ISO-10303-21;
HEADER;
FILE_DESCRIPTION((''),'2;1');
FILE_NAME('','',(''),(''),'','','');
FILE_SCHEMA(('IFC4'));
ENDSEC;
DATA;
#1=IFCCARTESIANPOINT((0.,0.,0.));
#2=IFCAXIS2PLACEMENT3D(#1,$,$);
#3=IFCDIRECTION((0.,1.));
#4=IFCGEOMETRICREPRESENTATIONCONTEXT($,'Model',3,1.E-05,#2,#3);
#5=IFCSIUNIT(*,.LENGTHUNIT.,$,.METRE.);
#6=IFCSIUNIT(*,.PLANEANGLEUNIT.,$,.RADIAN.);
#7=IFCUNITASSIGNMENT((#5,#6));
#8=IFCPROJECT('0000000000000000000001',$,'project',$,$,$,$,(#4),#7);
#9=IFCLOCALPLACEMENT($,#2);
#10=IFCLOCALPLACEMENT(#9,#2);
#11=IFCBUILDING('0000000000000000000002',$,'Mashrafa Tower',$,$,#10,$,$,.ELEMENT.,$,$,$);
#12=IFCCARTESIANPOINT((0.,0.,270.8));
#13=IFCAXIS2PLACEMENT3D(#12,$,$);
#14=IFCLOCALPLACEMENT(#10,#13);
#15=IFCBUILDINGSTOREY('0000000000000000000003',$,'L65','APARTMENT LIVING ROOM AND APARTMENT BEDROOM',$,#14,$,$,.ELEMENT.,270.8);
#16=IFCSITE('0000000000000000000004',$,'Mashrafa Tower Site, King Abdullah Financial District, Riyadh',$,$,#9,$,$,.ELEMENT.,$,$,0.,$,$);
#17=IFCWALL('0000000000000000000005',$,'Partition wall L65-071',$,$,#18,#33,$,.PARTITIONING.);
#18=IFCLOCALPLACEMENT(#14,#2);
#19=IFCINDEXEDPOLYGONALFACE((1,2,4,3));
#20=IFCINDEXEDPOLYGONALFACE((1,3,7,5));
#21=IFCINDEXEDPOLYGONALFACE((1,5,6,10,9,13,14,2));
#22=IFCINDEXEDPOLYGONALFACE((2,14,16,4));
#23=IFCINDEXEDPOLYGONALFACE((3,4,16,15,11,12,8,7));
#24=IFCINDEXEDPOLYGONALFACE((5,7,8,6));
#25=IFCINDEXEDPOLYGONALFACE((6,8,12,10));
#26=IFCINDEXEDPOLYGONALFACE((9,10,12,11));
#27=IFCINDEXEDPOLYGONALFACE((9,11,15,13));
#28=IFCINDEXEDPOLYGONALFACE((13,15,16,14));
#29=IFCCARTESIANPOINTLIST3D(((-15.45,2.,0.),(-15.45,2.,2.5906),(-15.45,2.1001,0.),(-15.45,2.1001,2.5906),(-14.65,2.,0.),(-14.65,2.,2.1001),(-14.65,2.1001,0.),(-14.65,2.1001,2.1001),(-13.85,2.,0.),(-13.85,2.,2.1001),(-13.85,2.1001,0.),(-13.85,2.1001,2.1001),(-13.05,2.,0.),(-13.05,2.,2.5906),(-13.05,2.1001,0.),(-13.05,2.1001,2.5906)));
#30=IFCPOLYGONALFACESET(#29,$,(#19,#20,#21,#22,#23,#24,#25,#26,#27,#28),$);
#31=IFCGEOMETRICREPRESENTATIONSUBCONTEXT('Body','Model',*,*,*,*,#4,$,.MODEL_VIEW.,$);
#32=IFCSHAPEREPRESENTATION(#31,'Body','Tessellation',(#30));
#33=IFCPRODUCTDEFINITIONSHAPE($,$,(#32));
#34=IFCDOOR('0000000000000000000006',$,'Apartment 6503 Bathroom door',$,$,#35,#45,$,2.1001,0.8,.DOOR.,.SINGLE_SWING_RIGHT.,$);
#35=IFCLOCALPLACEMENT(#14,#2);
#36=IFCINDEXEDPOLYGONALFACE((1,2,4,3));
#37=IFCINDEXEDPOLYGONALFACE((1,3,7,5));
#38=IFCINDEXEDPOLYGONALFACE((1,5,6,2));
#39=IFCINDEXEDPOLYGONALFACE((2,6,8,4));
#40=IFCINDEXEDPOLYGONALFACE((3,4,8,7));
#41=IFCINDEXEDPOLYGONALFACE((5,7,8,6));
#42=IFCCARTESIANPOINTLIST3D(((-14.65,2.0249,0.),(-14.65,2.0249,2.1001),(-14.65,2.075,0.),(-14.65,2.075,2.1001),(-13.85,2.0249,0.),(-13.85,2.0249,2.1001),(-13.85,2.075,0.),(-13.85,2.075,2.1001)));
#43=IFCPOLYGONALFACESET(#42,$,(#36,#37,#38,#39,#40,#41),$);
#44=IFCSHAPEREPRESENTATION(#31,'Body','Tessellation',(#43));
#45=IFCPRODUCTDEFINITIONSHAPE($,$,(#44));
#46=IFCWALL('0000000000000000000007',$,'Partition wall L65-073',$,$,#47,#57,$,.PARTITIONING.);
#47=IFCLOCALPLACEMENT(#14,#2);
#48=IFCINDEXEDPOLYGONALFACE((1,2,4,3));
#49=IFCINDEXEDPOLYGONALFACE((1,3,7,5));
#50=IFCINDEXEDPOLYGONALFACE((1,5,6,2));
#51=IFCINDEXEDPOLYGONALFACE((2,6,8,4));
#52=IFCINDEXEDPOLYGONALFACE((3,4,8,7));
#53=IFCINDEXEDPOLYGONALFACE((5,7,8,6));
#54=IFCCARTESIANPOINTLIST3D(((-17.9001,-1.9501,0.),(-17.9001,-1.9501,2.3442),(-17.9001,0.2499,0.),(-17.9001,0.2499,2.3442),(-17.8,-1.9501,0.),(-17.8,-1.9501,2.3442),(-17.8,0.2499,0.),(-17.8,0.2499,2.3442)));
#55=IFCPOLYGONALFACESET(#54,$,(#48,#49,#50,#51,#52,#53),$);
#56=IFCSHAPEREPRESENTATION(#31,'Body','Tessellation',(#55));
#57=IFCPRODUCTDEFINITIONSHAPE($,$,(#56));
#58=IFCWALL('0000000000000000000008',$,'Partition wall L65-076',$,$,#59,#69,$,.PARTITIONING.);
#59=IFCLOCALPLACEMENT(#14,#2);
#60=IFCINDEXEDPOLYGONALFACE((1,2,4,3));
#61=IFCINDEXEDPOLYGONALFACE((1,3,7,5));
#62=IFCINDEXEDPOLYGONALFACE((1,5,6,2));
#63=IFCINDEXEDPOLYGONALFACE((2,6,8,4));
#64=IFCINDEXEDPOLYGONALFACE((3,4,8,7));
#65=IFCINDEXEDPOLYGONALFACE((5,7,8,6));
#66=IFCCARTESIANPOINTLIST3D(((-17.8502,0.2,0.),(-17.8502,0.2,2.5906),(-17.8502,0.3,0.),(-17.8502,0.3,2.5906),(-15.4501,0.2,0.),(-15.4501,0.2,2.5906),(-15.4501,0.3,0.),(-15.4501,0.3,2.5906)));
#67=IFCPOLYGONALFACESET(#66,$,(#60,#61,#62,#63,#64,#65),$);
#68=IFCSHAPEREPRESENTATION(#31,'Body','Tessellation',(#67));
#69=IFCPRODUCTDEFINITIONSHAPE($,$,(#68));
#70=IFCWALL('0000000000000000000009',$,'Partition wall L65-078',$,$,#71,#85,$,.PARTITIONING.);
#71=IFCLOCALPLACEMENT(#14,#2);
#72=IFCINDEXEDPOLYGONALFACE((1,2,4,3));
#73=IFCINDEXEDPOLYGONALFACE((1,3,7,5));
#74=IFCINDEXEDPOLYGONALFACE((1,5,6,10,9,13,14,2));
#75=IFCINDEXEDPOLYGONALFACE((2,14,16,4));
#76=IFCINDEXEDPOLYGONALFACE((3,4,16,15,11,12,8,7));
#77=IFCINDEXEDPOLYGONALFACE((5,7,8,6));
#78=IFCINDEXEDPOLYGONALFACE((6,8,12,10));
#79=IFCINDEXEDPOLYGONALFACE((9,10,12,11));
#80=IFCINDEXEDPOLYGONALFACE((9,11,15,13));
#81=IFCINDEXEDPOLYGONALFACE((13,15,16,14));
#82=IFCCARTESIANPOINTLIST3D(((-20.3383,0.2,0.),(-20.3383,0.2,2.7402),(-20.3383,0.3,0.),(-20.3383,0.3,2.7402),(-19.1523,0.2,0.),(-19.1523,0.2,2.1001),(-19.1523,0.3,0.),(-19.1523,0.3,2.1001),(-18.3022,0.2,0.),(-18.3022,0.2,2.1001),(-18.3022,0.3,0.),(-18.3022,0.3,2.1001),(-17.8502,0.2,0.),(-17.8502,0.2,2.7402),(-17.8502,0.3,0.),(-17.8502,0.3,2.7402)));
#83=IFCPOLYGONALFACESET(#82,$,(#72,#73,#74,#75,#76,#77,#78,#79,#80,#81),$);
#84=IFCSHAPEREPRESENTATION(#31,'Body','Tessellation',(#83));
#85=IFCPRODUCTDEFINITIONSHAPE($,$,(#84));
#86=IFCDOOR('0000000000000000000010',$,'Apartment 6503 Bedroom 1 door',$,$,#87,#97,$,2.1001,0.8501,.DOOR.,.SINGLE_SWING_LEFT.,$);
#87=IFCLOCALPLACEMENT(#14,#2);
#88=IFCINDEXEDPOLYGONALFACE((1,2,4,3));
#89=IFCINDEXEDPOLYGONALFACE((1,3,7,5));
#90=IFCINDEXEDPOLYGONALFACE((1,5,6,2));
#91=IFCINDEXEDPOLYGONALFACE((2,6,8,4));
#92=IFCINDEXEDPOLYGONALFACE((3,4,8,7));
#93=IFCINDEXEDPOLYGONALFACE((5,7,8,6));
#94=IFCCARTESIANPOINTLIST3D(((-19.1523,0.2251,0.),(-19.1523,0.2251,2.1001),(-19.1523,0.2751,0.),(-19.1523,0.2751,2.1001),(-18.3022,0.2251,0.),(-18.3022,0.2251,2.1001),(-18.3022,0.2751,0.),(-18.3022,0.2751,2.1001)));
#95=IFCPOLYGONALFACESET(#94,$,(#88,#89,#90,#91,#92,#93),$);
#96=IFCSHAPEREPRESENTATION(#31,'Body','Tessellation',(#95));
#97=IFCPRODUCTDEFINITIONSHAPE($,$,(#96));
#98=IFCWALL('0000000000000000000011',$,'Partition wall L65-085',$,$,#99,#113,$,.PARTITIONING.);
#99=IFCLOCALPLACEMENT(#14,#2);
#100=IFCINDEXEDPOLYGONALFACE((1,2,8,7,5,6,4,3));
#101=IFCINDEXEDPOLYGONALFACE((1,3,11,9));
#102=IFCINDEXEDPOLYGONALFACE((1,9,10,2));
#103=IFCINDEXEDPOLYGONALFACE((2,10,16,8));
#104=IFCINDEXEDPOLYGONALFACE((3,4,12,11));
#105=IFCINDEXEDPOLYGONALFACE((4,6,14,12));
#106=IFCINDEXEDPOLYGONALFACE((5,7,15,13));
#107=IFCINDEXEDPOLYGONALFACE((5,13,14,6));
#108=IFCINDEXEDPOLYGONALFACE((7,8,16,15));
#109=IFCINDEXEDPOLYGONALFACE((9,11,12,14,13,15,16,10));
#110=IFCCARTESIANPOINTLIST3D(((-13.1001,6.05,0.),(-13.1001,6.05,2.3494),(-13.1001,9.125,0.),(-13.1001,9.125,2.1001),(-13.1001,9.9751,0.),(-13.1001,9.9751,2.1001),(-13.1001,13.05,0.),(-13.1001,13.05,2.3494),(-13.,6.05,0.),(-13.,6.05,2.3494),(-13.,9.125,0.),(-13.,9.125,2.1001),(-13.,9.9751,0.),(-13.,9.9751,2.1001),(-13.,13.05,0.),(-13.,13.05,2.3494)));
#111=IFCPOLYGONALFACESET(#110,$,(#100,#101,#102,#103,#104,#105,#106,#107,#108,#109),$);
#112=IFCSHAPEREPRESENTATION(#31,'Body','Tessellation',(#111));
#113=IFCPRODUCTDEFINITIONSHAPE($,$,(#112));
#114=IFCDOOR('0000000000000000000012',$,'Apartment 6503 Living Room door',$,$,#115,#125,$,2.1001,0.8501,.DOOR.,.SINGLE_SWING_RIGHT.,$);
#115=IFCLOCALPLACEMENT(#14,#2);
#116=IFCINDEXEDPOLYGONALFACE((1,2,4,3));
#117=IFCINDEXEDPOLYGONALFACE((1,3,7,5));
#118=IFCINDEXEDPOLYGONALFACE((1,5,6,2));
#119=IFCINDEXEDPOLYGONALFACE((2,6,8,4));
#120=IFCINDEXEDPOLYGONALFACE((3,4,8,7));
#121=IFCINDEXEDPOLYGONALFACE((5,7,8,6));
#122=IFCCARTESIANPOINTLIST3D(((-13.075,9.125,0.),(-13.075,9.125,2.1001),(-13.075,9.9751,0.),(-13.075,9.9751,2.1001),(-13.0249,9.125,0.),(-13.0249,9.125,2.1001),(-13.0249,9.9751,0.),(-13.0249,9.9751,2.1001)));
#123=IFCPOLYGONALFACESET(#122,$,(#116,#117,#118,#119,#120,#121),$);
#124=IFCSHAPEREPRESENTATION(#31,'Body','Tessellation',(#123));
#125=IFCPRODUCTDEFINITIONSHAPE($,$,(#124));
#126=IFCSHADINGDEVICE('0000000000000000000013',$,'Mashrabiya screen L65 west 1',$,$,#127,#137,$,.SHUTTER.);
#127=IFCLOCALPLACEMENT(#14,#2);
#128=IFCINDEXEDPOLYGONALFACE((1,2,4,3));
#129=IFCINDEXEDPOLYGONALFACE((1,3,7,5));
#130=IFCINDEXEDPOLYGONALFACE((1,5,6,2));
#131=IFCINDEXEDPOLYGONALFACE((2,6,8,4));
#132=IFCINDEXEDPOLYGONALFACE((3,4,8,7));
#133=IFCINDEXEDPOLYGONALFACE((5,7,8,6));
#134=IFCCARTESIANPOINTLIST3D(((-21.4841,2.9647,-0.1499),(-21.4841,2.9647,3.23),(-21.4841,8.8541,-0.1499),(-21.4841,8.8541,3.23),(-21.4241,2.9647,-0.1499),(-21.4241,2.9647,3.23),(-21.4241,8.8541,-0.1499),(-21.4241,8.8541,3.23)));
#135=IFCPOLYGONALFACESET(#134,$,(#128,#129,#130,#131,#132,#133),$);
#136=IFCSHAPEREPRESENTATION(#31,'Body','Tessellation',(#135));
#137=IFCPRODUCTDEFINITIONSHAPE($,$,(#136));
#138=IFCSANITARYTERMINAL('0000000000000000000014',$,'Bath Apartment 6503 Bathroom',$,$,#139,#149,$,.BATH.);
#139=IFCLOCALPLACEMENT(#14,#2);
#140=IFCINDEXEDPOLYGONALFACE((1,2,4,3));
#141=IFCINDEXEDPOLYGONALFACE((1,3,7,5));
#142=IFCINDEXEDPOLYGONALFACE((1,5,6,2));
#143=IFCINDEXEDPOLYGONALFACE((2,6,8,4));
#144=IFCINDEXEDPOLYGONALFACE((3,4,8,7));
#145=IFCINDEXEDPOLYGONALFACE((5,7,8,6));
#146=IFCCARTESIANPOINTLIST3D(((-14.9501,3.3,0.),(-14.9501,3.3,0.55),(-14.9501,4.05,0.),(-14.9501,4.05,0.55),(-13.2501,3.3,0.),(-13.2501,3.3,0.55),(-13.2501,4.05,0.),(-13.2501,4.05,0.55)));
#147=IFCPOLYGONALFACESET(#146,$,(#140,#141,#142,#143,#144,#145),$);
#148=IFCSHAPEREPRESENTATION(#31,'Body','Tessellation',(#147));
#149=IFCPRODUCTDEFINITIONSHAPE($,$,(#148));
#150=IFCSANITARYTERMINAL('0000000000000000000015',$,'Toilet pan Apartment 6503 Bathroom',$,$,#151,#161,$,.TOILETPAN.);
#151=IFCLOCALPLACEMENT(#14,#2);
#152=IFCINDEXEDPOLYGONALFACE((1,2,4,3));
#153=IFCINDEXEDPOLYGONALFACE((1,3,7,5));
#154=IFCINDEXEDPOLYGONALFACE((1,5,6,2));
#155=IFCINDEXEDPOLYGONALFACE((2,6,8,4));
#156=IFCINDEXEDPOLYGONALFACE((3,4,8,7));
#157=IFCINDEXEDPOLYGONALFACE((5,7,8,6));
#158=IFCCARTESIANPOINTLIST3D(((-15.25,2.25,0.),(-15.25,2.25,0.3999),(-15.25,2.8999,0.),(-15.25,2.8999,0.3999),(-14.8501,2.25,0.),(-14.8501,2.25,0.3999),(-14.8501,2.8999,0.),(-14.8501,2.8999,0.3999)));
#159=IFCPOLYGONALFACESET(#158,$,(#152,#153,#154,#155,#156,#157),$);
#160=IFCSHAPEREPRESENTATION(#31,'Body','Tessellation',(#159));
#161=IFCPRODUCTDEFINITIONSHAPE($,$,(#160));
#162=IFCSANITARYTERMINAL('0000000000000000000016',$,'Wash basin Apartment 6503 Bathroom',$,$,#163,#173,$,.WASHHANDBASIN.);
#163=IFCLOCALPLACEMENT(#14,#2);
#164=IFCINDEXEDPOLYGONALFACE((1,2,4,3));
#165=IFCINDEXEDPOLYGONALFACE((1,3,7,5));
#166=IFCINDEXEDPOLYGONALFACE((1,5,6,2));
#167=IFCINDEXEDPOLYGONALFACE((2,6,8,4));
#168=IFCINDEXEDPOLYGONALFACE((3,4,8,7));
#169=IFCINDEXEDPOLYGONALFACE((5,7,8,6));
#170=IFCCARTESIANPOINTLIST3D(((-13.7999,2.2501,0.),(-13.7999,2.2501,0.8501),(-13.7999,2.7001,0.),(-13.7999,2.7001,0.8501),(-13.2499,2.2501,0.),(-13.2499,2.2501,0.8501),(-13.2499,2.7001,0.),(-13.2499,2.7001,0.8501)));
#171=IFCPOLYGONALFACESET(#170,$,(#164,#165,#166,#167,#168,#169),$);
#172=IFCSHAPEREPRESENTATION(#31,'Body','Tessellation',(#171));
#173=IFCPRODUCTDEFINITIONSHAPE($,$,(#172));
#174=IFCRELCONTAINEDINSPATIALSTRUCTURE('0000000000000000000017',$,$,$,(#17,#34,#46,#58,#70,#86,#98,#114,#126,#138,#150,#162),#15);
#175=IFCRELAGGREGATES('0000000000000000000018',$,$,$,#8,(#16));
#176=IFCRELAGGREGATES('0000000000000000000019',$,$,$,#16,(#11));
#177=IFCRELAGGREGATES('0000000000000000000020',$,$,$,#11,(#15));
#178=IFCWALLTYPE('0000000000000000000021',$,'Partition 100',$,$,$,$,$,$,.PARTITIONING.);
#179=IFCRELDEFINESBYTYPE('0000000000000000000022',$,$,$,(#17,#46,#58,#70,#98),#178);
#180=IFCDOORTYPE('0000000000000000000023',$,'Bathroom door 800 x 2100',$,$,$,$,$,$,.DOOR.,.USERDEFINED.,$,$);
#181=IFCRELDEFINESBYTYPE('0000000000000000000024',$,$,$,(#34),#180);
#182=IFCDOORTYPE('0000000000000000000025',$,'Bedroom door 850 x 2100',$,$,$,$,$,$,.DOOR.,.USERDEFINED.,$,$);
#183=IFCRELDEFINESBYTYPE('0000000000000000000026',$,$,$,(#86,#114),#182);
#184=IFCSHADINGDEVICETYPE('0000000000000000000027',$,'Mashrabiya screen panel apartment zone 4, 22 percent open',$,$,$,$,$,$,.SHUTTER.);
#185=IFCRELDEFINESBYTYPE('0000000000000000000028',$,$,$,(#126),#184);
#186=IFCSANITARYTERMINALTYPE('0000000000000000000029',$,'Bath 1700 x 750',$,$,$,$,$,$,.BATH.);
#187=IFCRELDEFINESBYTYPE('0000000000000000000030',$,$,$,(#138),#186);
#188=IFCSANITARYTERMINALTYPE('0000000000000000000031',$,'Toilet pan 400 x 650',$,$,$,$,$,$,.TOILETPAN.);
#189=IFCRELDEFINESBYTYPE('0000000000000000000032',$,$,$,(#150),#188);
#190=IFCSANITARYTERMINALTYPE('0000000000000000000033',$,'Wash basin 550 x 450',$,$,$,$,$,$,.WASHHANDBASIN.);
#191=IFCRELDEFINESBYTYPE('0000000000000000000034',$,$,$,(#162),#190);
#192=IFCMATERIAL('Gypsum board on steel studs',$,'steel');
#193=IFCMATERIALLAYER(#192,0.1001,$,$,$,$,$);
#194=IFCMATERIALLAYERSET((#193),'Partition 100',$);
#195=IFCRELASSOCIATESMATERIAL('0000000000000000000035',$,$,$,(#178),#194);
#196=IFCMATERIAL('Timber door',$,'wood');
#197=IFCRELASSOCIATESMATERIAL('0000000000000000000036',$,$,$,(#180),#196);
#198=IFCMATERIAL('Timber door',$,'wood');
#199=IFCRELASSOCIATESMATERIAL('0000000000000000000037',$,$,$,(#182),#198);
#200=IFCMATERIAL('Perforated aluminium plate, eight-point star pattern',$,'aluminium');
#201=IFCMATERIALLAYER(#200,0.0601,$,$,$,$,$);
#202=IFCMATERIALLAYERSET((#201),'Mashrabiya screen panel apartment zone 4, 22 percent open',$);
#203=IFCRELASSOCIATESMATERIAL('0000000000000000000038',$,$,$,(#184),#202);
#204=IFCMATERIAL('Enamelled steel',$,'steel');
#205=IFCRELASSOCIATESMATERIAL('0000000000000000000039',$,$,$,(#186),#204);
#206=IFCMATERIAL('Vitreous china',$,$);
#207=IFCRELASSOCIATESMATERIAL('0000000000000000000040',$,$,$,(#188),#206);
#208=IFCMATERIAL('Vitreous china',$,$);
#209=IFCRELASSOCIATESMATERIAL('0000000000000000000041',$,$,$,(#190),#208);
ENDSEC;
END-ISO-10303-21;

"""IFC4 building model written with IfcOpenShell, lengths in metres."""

from ifc_helpers import new_model, si_unit, direction, frame, frame_2d, origin, origin_2d, place, context, subcontext, project, spatial, rectangle, extrude, source, transform, mapped, material, layer, layer_set, type_object, type_shapes, element, fill, save


model = new_model("IFC4")

# Units and contexts
model_context = context("Model", 3, precision=1e-05, world=origin(), true_north=direction((0.0, 1.0)))
body_context = subcontext(model_context, "Body", "Model", "MODEL_VIEW")
ifc_project = project(units=[si_unit("LENGTHUNIT", "METRE"), si_unit("PLANEANGLEUNIT", "RADIAN")], contexts=[model_context])

# Site, building, storey
site_placement = place(None, origin())
site = spatial("IfcSite", under=ifc_project, at=site_placement, Name="Mashrafa Tower Site, King Abdullah Financial District, Riyadh", CompositionType="ELEMENT", RefElevation=0.0)
building_placement = place(site_placement, origin())
building = spatial("IfcBuilding", under=site, at=building_placement, Name="Mashrafa Tower", CompositionType="ELEMENT")
storey_placement = place(building_placement, frame((0.0, 0.0, 270.8)))
storey = spatial("IfcBuildingStorey", under=building, at=storey_placement, Name="L65", Description="APARTMENT LIVING ROOM AND APARTMENT BEDROOM", CompositionType="ELEMENT", Elevation=270.8)

# Shared definitions
ifc_material_1 = material(Name="Gypsum board on steel studs", Category="steel")
ifc_layer_1 = layer(ifc_material_1, 0.1001)
ifc_layer_set_1 = layer_set([ifc_layer_1], Name="Partition 100")
wall_type_1 = type_object("IfcWallType", Name="Partition 100", PredefinedType="PARTITIONING", material=ifc_layer_set_1)

# Wall, opening, door
wall_1_placement = place(storey_placement, frame((-15.45, 2.05, 0.0), z_axis=(0.0, 0.0, 1.0), x_axis=(1.0, 0.0, 0.0)))
wall_1 = element("IfcWall", 1, at=wall_1_placement, inside=storey, type_object=wall_type_1, Name="Partition wall L65-071", PredefinedType="PARTITIONING", context=body_context, shape_type="SweptSolid", body=[
    extrude(rectangle(XDim=2.3999, YDim=0.1001, at=frame_2d((1.2, 0.0))), origin(), (0.0, 0.0, 1.0), 2.5906),
])
opening_1_placement = place(wall_1_placement, frame((0.8, 0.0, 0.0)))
opening_1 = element("IfcOpeningElement", 2, at=opening_1_placement, cuts=wall_1, PredefinedType="OPENING", context=body_context, shape_type="SweptSolid", body=[
    extrude(rectangle(XDim=0.8, YDim=2.1001, at=frame_2d((0.3999, 1.05))), frame((0.0, 0.0601, 0.0), z_axis=(0.0, -1.0, 0.0), x_axis=(1.0, 0.0, 0.0)), (0.0, 0.0, 1.0), 0.1201),
])
ifc_material_2 = material(Name="Timber door", Category="wood")
door_type_1 = type_object("IfcDoorType", Name="Bathroom door 800 x 2100", OperationType="USERDEFINED", PredefinedType="DOOR", material=ifc_material_2)
door_1_placement = place(opening_1_placement, origin())
door_1 = element("IfcDoor", 3, at=door_1_placement, inside=storey, type_object=door_type_1, Name="Apartment 6503 Bathroom door", OperationType="SINGLE_SWING_RIGHT", OverallHeight=2.1001, OverallWidth=0.8, PredefinedType="DOOR", context=body_context, shape_type="SweptSolid", body=[
    extrude(rectangle(XDim=0.8, YDim=2.1001, at=frame_2d((0.3999, 1.05))), frame((0.0, 0.0249, 0.0), z_axis=(0.0, -1.0, 0.0), x_axis=(1.0, 0.0, 0.0)), (0.0, 0.0, 1.0), 0.05),
])
fill(opening_1, door_1)

# Walls
wall_2_placement = place(storey_placement, frame((-17.8501, 0.25, 0.0), z_axis=(0.0, 0.0, 1.0), x_axis=(0.0, -1.0, 0.0)))
element("IfcWall", 4, at=wall_2_placement, inside=storey, type_object=wall_type_1, Name="Partition wall L65-073", PredefinedType="PARTITIONING", context=body_context, shape_type="SweptSolid", body=[
    extrude(rectangle(XDim=2.2, YDim=0.1001, at=frame_2d((1.1001, 0.0))), origin(), (0.0, 0.0, 1.0), 2.3442),
])
wall_3_placement = place(storey_placement, frame((-15.45, 0.25, 0.0), z_axis=(0.0, 0.0, 1.0), x_axis=(-1.0, 0.0, 0.0)))
element("IfcWall", 5, at=wall_3_placement, inside=storey, type_object=wall_type_1, Name="Partition wall L65-076", PredefinedType="PARTITIONING", context=body_context, shape_type="SweptSolid", body=[
    extrude(rectangle(XDim=2.4001, YDim=0.1001, at=frame_2d((1.2002, 0.0))), origin(), (0.0, 0.0, 1.0), 2.5906),
])

# Walls, openings, doors
wall_4_placement = place(storey_placement, frame((-17.8501, 0.25, 0.0), z_axis=(0.0, 0.0, 1.0), x_axis=(-1.0, 0.0, 0.0)))
wall_4 = element("IfcWall", 6, at=wall_4_placement, inside=storey, type_object=wall_type_1, Name="Partition wall L65-078", PredefinedType="PARTITIONING", context=body_context, shape_type="SweptSolid", body=[
    extrude(rectangle(XDim=2.488, YDim=0.1001, at=frame_2d((1.2441, 0.0))), origin(), (0.0, 0.0, 1.0), 2.7402),
])
opening_2_placement = place(wall_4_placement, frame((0.4521, 0.0, 0.0)))
opening_2 = element("IfcOpeningElement", 7, at=opening_2_placement, cuts=wall_4, PredefinedType="OPENING", context=body_context, shape_type="SweptSolid", body=[
    extrude(rectangle(XDim=0.8501, YDim=2.1001, at=frame_2d((0.425, 1.05))), frame((0.0, 0.0601, 0.0), z_axis=(0.0, -1.0, 0.0), x_axis=(1.0, 0.0, 0.0)), (0.0, 0.0, 1.0), 0.1201),
])
ifc_material_3 = material(Name="Timber door", Category="wood")
door_type_2 = type_object("IfcDoorType", Name="Bedroom door 850 x 2100", OperationType="USERDEFINED", PredefinedType="DOOR", material=ifc_material_3)
door_2_placement = place(opening_2_placement, origin())
door_2 = element("IfcDoor", 8, at=door_2_placement, inside=storey, type_object=door_type_2, Name="Apartment 6503 Bedroom 1 door", OperationType="SINGLE_SWING_LEFT", OverallHeight=2.1001, OverallWidth=0.8501, PredefinedType="DOOR", context=body_context, shape_type="SweptSolid", body=[
    extrude(rectangle(XDim=0.8501, YDim=2.1001, at=frame_2d((0.425, 1.05))), frame((0.0, 0.0249, 0.0), z_axis=(0.0, -1.0, 0.0), x_axis=(1.0, 0.0, 0.0)), (0.0, 0.0, 1.0), 0.05),
])
fill(opening_2, door_2)
wall_5_placement = place(storey_placement, frame((-13.05, 6.05, 0.0), z_axis=(0.0, 0.0, 1.0), x_axis=(0.0, 1.0, 0.0)))
wall_5 = element("IfcWall", 9, at=wall_5_placement, inside=storey, type_object=wall_type_1, Name="Partition wall L65-085", PredefinedType="PARTITIONING", context=body_context, shape_type="SweptSolid", body=[
    extrude(rectangle(XDim=7.0, YDim=0.1001, at=frame_2d((3.5, 0.0))), origin(), (0.0, 0.0, 1.0), 2.3494),
])
opening_3_placement = place(wall_5_placement, frame((3.075, 0.0, 0.0)))
opening_3 = element("IfcOpeningElement", 10, at=opening_3_placement, cuts=wall_5, PredefinedType="OPENING", context=body_context, shape_type="SweptSolid", body=[
    extrude(rectangle(XDim=0.8501, YDim=2.1001, at=frame_2d((0.425, 1.05))), frame((0.0, 0.0601, 0.0), z_axis=(0.0, -1.0, 0.0), x_axis=(1.0, 0.0, 0.0)), (0.0, 0.0, 1.0), 0.1201),
])
door_3_placement = place(opening_3_placement, origin())
door_3 = element("IfcDoor", 11, at=door_3_placement, inside=storey, type_object=door_type_2, Name="Apartment 6503 Living Room door", OperationType="SINGLE_SWING_RIGHT", OverallHeight=2.1001, OverallWidth=0.8501, PredefinedType="DOOR", context=body_context, shape_type="SweptSolid", body=[
    extrude(rectangle(XDim=0.8501, YDim=2.1001, at=frame_2d((0.425, 1.05))), frame((0.0, 0.0249, 0.0), z_axis=(0.0, -1.0, 0.0), x_axis=(1.0, 0.0, 0.0)), (0.0, 0.0, 1.0), 0.05),
])
fill(opening_3, door_3)

# Shading device
ifc_material_4 = material(Name="Perforated aluminium plate, eight-point star pattern", Category="aluminium")
ifc_layer_2 = layer(ifc_material_4, 0.0601)
ifc_layer_set_2 = layer_set([ifc_layer_2], Name="Mashrabiya screen panel apartment zone 4, 22 percent open")
shading_device_type = type_object("IfcShadingDeviceType", Name="Mashrabiya screen panel apartment zone 4, 22 percent open", PredefinedType="SHUTTER", material=ifc_layer_set_2)
shared_shape_1 = source(origin(), body_context, "Body", "SweptSolid", [
    extrude(rectangle(XDim=5.8894, YDim=0.0601, at=origin_2d()), origin(), (0.0, 0.0, 1.0), 3.3799),
])
type_shapes(shading_device_type, [shared_shape_1])
shading_device_placement = place(storey_placement, frame((-21.4541, 5.9094, -0.1499), z_axis=(0.0, 0.0, 1.0), x_axis=(0.0, -1.0, 0.0)))
element("IfcShadingDevice", 12, at=shading_device_placement, inside=storey, type_object=shading_device_type, Name="Mashrabiya screen L65 west 1", PredefinedType="SHUTTER", context=body_context, shape_type="MappedRepresentation", body=[
    mapped(shared_shape_1, transform((0.0, 0.0, 0.0))),
])

# Sanitary terminals
ifc_material_5 = material(Name="Enamelled steel", Category="steel")
sanitary_terminal_type_1 = type_object("IfcSanitaryTerminalType", Name="Bath 1700 x 750", PredefinedType="BATH", material=ifc_material_5)
sanitary_terminal_1_placement = place(storey_placement, frame((-14.1001, 3.675, 0.0), z_axis=(0.0, 0.0, 1.0), x_axis=(-1.0, 0.0, 0.0)))
element("IfcSanitaryTerminal", 13, at=sanitary_terminal_1_placement, inside=storey, type_object=sanitary_terminal_type_1, Name="Bath Apartment 6503 Bathroom", PredefinedType="BATH", context=body_context, shape_type="SweptSolid", body=[
    extrude(rectangle(XDim=1.7, YDim=0.75, at=origin_2d()), origin(), (0.0, 0.0, 1.0), 0.55),
])
ifc_material_6 = material(Name="Vitreous china")
sanitary_terminal_type_2 = type_object("IfcSanitaryTerminalType", Name="Toilet pan 400 x 650", PredefinedType="TOILETPAN", material=ifc_material_6)
sanitary_terminal_2_placement = place(storey_placement, frame((-15.05, 2.575, 0.0), z_axis=(0.0, 0.0, 1.0), x_axis=(1.0, 0.0, 0.0)))
element("IfcSanitaryTerminal", 14, at=sanitary_terminal_2_placement, inside=storey, type_object=sanitary_terminal_type_2, Name="Toilet pan Apartment 6503 Bathroom", PredefinedType="TOILETPAN", context=body_context, shape_type="SweptSolid", body=[
    extrude(rectangle(XDim=0.3999, YDim=0.6499, at=origin_2d()), origin(), (0.0, 0.0, 1.0), 0.3999),
])
ifc_material_7 = material(Name="Vitreous china")
sanitary_terminal_type_3 = type_object("IfcSanitaryTerminalType", Name="Wash basin 550 x 450", PredefinedType="WASHHANDBASIN", material=ifc_material_7)
sanitary_terminal_3_placement = place(storey_placement, frame((-13.5249, 2.4751, 0.0), z_axis=(0.0, 0.0, 1.0), x_axis=(1.0, 0.0, 0.0)))
element("IfcSanitaryTerminal", 15, at=sanitary_terminal_3_placement, inside=storey, type_object=sanitary_terminal_type_3, Name="Wash basin Apartment 6503 Bathroom", PredefinedType="WASHHANDBASIN", context=body_context, shape_type="SweptSolid", body=[
    extrude(rectangle(XDim=0.55, YDim=0.45, at=origin_2d()), origin(), (0.0, 0.0, 1.0), 0.8501),
])

save(model, "model.ifc")
